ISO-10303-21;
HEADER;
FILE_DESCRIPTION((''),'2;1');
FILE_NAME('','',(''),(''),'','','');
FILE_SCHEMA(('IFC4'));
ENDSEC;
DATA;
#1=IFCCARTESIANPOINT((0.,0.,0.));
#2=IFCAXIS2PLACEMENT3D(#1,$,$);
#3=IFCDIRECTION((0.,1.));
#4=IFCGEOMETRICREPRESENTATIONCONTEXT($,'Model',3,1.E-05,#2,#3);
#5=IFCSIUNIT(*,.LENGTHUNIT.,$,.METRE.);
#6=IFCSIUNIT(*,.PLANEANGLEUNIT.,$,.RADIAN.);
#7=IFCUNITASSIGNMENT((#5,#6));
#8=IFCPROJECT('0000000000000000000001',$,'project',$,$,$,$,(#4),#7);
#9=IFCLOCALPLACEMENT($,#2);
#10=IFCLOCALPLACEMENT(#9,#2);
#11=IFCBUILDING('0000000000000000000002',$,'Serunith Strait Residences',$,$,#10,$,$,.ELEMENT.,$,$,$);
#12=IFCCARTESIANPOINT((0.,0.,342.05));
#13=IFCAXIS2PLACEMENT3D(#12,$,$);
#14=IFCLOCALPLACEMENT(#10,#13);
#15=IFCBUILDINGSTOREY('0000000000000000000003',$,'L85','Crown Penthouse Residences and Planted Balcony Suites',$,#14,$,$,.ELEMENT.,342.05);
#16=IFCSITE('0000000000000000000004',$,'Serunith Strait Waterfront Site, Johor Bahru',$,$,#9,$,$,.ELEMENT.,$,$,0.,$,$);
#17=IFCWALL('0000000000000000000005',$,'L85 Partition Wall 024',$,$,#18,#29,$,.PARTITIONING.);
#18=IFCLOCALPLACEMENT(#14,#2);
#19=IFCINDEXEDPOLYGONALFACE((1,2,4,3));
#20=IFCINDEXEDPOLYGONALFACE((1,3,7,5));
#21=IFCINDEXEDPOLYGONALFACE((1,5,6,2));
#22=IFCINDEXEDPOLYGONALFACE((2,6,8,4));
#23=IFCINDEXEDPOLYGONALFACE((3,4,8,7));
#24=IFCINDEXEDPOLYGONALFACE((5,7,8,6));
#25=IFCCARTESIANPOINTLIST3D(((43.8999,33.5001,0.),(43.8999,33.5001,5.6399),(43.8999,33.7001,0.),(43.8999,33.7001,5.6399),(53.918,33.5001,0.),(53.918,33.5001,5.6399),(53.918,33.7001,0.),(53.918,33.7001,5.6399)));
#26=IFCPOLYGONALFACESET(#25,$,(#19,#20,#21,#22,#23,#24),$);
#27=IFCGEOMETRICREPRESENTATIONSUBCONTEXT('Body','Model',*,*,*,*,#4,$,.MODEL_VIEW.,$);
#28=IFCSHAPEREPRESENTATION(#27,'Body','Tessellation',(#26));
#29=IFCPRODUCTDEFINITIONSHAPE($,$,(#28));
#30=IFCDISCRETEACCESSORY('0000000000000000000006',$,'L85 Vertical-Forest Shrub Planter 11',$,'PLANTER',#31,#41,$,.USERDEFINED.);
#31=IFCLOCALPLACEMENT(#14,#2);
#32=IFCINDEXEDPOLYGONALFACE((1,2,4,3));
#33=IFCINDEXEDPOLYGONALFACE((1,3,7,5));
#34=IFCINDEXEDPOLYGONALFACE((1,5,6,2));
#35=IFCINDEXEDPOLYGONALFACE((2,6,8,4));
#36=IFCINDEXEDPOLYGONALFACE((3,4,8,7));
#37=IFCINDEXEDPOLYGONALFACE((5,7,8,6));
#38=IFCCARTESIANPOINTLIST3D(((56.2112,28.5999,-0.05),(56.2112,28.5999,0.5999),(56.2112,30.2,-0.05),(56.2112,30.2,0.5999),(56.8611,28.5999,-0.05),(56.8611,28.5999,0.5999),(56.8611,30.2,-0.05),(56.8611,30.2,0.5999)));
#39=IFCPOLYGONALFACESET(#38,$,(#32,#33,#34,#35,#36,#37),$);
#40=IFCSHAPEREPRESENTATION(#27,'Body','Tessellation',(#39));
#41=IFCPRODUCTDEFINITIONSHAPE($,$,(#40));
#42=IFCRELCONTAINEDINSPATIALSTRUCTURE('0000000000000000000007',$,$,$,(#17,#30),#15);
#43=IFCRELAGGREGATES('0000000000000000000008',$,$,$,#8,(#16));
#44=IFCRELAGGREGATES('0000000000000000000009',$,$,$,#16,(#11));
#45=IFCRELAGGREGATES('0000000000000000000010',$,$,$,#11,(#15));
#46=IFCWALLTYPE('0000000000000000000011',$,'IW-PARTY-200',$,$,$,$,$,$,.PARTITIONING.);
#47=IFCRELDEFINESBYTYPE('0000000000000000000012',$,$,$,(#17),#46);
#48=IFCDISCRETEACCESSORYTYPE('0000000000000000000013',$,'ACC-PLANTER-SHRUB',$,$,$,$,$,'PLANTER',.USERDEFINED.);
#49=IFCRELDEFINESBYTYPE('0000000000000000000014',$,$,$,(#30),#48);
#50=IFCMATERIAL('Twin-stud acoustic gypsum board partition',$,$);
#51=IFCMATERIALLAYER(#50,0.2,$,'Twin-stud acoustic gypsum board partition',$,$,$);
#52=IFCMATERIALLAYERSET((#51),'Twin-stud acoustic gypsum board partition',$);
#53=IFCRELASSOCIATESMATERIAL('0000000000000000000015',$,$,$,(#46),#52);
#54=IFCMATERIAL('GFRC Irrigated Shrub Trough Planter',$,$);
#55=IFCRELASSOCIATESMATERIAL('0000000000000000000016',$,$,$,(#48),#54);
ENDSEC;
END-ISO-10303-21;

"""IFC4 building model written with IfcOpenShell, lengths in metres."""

from ifc_helpers import new_model, si_unit, direction, frame, frame_2d, origin, origin_2d, place, context, subcontext, project, spatial, rectangle, extrude, source, transform, mapped, material, layer, layer_set, type_object, element, save


model = new_model("IFC4")

# Units and contexts
model_context = context("Model", 3, precision=1e-05, world=origin(), true_north=direction((0.0, 1.0)))
body_context = subcontext(model_context, "Body", "Model", "MODEL_VIEW")
ifc_project = project(units=[si_unit("LENGTHUNIT", "METRE"), si_unit("PLANEANGLEUNIT", "RADIAN")], contexts=[model_context])

# Site, building, storey
site_placement = place(None, origin())
site = spatial("IfcSite", under=ifc_project, at=site_placement, Name="Serunith Strait Waterfront Site, Johor Bahru", CompositionType="ELEMENT", RefElevation=0.0)
building_placement = place(site_placement, origin())
building = spatial("IfcBuilding", under=site, at=building_placement, Name="Serunith Strait Residences", CompositionType="ELEMENT")
storey_placement = place(building_placement, frame((0.0, 0.0, 342.05)))
storey = spatial("IfcBuildingStorey", under=building, at=storey_placement, Name="L85", Description="Crown Penthouse Residences and Planted Balcony Suites", CompositionType="ELEMENT", Elevation=342.05)

# Wall
ifc_material_1 = material(Name="Twin-stud acoustic gypsum board partition")
ifc_layer_1 = layer(ifc_material_1, 0.2, Name="Twin-stud acoustic gypsum board partition")
ifc_layer_set_1 = layer_set([ifc_layer_1], Name="Twin-stud acoustic gypsum board partition")
wall_type_1 = type_object("IfcWallType", Name="IW-PARTY-200", PredefinedType="PARTITIONING", material=ifc_layer_set_1)
wall_1_placement = place(storey_placement, frame((43.8999, 33.6001, 0.0), z_axis=(0.0, 0.0, 1.0), x_axis=(1.0, 0.0, 0.0)))
element("IfcWall", 1, at=wall_1_placement, inside=storey, type_object=wall_type_1, Name="L85 Partition Wall 024", PredefinedType="PARTITIONING", context=body_context, shape_type="SweptSolid", body=[
    extrude(rectangle(XDim=10.0181, YDim=0.2, at=frame_2d((5.009, 0.0))), origin(), (0.0, 0.0, 1.0), 5.6399),
])

# Discrete accessory
ifc_material_2 = material(Name="GFRC Irrigated Shrub Trough Planter")
discrete_accessory_type = type_object("IfcDiscreteAccessoryType", Name="ACC-PLANTER-SHRUB", ElementType="PLANTER", PredefinedType="USERDEFINED", material=ifc_material_2)
shared_shape_1 = source(origin(), body_context, "Body", "SweptSolid", [
    extrude(rectangle(XDim=1.6001, YDim=0.6499, at=origin_2d()), origin(), (0.0, 0.0, 1.0), 0.6499),
])
discrete_accessory_placement = place(storey_placement, frame((56.5361, 29.3999, -0.05), z_axis=(0.0, 0.0, 1.0), x_axis=(0.0, 1.0, 0.0)))
element("IfcDiscreteAccessory", 2, at=discrete_accessory_placement, inside=storey, type_object=discrete_accessory_type, Name="L85 Vertical-Forest Shrub Planter 11", ObjectType="PLANTER", PredefinedType="USERDEFINED", context=body_context, shape_type="MappedRepresentation", body=[
    mapped(shared_shape_1, transform((0.0, 0.0, 0.0), scale=1.0)),
])

save(model, "model.ifc")
